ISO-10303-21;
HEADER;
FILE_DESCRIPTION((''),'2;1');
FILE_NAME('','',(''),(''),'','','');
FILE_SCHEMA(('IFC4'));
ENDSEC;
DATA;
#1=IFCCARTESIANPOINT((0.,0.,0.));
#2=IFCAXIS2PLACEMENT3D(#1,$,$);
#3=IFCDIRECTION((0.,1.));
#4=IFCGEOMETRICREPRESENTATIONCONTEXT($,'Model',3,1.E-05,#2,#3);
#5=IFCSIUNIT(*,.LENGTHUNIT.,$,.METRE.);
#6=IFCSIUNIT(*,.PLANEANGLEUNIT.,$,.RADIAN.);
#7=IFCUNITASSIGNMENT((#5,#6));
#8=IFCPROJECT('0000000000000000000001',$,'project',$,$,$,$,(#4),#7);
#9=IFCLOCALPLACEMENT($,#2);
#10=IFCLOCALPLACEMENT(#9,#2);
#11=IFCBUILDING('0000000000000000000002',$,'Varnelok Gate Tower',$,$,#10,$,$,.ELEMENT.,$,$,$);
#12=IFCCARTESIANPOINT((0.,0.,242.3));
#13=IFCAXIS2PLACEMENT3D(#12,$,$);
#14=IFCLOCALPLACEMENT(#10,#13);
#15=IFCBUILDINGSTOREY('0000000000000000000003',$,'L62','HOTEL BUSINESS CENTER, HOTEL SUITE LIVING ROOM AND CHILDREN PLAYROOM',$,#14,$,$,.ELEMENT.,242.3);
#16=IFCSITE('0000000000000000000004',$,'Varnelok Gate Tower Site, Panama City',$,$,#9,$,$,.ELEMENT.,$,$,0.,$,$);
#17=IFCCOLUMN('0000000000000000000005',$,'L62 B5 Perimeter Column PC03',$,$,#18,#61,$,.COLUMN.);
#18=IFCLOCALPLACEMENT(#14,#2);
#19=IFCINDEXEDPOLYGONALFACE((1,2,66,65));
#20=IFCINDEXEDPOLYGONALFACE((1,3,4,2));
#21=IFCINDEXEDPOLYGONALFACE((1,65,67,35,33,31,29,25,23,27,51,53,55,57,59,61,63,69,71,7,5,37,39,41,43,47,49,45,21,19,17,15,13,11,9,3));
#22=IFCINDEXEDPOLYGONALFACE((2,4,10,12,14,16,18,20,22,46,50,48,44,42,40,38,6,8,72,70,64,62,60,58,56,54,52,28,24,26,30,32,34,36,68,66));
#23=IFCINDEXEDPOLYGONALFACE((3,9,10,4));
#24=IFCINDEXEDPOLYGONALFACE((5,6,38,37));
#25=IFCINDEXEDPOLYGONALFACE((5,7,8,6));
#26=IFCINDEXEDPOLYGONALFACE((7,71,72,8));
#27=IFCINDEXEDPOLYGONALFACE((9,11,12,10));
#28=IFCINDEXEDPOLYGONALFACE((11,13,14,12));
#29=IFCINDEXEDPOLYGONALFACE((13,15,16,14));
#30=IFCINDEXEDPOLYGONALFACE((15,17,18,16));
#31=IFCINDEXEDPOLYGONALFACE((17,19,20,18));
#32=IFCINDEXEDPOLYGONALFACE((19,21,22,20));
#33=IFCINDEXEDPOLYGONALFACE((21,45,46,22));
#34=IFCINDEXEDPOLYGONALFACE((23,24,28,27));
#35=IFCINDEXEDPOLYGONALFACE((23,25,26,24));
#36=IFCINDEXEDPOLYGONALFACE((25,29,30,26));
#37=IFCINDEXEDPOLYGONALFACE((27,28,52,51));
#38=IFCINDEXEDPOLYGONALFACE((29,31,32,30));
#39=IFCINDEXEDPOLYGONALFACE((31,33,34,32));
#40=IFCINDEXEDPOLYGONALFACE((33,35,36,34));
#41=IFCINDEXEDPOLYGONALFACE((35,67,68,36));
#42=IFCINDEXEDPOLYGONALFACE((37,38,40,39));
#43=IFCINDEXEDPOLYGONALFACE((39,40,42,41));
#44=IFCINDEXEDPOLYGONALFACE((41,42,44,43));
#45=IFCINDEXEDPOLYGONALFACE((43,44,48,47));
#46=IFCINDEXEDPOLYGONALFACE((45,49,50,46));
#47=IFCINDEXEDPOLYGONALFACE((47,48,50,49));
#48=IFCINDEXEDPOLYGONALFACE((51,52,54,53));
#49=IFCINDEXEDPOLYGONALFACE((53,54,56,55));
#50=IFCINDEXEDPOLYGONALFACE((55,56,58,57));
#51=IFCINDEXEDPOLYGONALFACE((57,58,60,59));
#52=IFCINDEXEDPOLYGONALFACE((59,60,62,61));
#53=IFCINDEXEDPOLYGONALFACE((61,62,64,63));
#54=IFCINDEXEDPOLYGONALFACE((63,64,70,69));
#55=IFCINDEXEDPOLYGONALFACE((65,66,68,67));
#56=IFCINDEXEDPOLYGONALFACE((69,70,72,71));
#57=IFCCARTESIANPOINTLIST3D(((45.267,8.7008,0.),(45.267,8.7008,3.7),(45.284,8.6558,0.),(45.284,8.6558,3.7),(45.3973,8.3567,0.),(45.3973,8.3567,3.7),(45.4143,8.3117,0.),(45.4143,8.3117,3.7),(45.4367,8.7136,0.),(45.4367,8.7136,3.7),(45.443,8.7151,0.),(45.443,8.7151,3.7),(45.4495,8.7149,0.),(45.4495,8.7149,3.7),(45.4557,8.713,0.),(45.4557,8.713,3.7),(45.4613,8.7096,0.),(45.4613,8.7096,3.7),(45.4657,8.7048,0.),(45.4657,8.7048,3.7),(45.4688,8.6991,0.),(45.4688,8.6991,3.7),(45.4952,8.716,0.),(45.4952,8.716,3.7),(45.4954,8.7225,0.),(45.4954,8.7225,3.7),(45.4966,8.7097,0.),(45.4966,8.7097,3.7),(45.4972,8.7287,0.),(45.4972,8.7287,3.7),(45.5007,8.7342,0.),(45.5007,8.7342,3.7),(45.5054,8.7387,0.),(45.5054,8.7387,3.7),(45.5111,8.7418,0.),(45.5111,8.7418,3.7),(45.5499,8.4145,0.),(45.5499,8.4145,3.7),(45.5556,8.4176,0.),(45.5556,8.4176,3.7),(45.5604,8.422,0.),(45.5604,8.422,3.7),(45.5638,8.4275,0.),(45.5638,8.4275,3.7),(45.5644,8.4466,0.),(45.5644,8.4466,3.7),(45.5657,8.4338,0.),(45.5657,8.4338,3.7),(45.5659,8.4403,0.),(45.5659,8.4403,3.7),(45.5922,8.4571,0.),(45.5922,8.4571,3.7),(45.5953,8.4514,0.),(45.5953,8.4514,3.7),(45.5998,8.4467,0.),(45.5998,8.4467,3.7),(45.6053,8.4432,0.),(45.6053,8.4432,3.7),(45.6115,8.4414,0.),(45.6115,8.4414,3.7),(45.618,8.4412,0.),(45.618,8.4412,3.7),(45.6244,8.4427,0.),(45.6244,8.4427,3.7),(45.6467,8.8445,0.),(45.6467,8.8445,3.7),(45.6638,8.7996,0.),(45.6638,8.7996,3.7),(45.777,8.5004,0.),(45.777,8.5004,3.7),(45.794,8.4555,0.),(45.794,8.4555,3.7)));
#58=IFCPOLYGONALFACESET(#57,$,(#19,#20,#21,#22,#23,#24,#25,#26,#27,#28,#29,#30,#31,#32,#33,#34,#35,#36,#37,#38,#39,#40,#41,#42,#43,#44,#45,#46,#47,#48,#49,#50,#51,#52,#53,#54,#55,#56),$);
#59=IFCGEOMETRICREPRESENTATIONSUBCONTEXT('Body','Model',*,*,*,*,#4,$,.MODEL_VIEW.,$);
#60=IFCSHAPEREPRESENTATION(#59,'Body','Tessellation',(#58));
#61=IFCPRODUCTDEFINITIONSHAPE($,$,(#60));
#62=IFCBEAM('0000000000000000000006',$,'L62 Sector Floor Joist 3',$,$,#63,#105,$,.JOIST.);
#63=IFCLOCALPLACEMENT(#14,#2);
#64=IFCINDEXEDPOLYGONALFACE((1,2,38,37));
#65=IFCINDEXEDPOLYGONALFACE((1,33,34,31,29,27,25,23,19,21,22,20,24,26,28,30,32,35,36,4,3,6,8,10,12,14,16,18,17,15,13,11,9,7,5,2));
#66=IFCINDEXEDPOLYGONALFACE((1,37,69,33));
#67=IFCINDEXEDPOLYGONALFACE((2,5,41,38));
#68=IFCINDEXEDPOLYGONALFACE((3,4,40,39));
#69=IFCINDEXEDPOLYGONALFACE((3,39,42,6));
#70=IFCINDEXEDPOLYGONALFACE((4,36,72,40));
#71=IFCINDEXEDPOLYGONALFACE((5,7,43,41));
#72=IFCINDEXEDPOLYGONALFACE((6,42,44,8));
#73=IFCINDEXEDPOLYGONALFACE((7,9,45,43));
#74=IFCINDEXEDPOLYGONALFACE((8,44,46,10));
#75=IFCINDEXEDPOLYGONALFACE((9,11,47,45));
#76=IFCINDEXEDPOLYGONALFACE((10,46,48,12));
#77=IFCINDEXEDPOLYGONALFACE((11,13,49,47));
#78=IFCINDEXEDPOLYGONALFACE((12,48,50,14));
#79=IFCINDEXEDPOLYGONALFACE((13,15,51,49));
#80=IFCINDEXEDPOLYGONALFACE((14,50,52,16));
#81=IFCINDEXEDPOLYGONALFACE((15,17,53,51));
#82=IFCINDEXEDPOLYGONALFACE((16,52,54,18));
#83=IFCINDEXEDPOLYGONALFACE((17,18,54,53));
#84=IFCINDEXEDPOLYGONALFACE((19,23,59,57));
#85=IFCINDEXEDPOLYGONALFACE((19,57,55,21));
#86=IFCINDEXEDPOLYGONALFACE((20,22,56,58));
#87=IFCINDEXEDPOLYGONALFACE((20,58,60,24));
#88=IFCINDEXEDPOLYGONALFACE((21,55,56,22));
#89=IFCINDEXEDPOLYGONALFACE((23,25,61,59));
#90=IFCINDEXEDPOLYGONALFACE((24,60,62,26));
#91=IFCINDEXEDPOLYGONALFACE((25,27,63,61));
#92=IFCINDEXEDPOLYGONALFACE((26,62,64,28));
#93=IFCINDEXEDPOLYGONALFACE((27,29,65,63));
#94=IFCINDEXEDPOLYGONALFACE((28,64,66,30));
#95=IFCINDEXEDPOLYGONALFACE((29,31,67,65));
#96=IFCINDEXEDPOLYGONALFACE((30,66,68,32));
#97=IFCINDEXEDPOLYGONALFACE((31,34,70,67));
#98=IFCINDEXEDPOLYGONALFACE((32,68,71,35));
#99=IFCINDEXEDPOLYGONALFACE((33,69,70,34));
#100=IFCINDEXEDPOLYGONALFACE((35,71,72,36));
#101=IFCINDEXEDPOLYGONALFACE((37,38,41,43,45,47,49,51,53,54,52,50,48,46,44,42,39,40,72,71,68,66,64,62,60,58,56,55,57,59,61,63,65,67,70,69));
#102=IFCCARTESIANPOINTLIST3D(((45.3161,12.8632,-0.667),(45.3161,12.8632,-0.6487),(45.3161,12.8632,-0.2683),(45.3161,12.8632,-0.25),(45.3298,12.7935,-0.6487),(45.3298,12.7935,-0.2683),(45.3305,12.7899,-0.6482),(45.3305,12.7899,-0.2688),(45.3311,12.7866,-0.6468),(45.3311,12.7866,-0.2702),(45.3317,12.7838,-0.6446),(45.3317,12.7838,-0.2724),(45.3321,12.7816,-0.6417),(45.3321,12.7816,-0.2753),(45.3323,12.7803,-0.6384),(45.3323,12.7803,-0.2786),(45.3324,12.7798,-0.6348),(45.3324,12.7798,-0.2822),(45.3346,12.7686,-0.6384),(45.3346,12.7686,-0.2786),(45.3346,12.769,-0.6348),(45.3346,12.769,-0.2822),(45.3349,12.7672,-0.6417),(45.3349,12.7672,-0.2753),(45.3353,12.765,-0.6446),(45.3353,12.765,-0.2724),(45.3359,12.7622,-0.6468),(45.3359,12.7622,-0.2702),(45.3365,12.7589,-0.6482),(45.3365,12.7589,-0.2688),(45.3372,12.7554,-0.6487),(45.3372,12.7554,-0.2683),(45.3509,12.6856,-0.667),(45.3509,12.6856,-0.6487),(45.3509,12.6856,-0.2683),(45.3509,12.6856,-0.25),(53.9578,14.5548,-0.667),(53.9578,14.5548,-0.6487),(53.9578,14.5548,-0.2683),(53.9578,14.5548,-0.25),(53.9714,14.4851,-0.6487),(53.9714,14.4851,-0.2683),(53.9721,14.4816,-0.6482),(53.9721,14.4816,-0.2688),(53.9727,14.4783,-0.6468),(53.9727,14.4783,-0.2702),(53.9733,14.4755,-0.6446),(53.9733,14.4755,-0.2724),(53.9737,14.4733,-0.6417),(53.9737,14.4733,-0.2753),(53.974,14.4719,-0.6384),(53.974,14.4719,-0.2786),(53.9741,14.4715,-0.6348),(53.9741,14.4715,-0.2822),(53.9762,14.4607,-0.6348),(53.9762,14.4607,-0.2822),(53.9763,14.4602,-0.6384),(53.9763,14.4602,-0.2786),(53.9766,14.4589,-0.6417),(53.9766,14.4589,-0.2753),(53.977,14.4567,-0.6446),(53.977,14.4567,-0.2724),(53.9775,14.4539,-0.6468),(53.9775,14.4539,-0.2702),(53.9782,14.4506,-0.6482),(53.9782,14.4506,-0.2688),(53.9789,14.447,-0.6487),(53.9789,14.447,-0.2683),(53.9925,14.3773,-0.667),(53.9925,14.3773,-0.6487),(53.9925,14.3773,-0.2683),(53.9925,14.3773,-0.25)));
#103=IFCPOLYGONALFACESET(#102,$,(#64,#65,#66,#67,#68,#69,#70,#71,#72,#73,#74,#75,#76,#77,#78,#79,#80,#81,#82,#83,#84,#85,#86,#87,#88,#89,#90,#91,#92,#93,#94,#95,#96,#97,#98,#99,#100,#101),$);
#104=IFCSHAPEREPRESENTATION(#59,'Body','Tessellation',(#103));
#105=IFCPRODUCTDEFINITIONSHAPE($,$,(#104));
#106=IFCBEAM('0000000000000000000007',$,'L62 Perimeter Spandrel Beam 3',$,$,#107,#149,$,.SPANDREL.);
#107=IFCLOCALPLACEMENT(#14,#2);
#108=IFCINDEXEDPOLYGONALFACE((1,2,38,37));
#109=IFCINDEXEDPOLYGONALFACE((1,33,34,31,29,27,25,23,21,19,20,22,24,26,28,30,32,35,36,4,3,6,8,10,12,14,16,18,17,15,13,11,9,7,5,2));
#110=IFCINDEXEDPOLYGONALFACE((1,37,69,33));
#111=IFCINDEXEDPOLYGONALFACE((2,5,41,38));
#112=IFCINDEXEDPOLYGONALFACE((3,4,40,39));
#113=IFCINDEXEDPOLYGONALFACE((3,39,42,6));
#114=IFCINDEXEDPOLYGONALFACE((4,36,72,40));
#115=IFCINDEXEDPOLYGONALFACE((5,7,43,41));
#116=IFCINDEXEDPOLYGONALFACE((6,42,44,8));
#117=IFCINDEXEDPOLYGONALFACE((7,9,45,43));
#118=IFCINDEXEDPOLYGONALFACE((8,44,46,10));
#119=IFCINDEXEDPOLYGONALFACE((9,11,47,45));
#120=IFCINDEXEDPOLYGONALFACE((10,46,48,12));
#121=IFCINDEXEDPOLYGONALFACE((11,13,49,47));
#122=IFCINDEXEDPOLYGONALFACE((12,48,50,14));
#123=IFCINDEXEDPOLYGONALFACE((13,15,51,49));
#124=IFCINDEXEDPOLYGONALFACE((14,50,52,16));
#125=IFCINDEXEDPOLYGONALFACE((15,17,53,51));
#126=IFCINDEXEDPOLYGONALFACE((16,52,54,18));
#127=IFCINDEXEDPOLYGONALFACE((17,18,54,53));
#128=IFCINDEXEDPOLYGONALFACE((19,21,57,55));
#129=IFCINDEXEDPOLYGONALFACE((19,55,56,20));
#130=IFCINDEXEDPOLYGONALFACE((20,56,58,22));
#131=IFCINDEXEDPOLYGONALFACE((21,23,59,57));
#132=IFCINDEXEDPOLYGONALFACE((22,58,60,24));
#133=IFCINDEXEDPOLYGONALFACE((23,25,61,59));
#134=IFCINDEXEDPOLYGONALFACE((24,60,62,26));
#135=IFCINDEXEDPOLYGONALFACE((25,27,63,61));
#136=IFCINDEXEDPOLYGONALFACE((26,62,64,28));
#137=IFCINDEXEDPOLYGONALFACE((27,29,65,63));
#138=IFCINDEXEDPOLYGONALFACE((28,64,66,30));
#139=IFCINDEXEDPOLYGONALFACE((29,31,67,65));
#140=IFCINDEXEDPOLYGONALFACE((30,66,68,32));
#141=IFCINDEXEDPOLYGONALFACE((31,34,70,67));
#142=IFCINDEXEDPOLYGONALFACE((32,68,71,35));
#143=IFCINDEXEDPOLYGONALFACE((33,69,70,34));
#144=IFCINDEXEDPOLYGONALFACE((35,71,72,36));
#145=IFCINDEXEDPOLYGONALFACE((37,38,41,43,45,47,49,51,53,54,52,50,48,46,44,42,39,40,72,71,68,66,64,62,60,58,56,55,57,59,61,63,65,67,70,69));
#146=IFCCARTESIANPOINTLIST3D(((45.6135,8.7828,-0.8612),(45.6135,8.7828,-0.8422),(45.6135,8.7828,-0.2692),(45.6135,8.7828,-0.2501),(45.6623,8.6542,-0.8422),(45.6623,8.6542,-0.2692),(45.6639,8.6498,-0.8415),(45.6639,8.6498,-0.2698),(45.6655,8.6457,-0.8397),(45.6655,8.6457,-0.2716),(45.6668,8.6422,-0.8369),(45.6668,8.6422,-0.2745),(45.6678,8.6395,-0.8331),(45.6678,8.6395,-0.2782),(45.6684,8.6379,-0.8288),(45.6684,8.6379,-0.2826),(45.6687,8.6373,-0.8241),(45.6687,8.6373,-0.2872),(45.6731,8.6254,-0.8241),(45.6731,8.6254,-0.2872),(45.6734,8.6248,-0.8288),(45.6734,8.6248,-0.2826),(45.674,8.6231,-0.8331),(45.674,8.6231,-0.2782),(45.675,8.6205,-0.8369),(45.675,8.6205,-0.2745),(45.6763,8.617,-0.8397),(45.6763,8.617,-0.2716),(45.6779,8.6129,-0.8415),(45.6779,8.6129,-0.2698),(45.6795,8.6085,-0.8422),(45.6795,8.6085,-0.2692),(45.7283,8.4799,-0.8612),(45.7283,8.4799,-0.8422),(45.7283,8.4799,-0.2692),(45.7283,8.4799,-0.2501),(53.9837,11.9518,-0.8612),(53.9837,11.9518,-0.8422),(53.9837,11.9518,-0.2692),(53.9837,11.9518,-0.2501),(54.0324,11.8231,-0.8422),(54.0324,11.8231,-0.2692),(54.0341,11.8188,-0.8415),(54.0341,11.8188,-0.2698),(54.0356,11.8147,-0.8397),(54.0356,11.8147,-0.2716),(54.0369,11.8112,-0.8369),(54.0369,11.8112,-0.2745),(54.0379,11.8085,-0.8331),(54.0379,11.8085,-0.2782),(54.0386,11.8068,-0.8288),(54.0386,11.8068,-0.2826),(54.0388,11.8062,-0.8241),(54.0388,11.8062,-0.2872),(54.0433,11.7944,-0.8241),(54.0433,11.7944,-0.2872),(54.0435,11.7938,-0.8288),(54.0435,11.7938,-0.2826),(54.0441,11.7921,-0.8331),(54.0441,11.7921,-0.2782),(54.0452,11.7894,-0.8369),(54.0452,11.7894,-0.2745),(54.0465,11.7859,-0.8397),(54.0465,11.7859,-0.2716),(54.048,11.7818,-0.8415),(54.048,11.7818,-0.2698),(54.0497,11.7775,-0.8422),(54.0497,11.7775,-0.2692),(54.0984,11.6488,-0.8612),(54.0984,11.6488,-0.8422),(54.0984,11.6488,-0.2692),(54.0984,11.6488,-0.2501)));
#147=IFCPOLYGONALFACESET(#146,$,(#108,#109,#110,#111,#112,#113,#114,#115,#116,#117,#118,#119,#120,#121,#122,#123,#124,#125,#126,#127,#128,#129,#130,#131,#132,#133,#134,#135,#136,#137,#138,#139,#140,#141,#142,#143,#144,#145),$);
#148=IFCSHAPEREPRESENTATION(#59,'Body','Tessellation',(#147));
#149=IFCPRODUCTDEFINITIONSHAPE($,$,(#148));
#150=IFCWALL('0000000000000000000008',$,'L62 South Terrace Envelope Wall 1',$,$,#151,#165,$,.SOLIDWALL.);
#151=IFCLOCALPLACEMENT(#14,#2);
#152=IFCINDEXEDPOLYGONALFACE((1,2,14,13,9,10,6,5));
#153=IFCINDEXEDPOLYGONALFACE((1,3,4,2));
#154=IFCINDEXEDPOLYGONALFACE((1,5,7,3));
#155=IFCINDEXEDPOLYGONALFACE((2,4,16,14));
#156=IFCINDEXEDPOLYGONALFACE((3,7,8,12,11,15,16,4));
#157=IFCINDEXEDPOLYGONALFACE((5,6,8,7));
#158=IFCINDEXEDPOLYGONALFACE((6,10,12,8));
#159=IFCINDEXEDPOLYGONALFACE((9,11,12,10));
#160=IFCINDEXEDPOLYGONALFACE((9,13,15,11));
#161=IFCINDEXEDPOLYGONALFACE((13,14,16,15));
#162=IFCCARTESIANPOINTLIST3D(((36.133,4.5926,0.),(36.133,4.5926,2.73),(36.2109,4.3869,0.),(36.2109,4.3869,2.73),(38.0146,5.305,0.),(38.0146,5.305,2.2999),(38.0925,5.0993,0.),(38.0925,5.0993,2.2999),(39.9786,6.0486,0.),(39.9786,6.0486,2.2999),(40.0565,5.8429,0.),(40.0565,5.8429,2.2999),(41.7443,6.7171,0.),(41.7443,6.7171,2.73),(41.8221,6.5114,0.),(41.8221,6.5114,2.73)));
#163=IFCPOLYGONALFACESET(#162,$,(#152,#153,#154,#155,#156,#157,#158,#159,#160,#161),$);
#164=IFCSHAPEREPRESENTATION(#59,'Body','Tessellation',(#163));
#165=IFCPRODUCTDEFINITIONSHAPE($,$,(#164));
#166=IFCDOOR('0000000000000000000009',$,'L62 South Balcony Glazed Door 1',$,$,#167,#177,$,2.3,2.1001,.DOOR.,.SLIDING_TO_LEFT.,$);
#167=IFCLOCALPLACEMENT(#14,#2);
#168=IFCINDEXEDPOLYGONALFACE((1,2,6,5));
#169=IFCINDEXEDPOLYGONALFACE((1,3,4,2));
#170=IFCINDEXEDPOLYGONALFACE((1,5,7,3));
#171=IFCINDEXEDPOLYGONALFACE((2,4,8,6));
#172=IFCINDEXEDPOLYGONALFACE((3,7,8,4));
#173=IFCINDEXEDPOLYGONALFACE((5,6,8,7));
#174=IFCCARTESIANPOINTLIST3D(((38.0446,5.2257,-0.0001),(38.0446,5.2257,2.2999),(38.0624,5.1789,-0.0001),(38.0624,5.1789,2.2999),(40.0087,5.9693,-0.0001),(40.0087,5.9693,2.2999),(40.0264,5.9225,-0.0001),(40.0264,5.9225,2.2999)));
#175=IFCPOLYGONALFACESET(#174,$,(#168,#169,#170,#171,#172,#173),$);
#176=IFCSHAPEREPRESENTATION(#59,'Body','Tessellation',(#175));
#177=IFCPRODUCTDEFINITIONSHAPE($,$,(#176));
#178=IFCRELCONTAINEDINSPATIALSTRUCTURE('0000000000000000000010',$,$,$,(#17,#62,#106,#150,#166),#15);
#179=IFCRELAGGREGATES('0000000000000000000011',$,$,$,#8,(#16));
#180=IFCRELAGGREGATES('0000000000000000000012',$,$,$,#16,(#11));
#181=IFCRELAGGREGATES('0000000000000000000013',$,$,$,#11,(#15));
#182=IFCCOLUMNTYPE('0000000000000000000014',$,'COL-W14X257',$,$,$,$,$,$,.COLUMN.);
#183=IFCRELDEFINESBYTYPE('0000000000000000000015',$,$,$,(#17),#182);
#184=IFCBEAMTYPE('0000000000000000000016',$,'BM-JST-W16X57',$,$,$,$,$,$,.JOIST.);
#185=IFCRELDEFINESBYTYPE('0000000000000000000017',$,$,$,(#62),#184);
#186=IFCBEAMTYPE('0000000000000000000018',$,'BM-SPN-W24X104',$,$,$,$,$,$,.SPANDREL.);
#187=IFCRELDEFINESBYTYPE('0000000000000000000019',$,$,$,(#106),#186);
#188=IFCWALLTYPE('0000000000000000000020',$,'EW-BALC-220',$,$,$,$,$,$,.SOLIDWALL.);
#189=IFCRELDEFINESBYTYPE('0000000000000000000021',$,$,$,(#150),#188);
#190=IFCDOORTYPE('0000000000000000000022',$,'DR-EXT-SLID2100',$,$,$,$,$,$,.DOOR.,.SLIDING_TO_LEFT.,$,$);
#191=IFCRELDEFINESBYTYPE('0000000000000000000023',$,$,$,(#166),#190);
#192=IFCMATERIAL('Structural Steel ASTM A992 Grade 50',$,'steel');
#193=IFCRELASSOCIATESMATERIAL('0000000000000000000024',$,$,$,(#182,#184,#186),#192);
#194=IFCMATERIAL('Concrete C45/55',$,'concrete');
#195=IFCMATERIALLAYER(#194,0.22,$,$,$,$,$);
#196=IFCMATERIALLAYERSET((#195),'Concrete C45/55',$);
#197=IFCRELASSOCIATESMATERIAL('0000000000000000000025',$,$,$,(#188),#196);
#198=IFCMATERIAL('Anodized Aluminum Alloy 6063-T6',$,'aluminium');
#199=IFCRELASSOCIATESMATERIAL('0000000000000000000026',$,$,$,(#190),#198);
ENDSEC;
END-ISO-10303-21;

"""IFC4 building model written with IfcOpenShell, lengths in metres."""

from ifc_helpers import new_model, si_unit, direction, frame, frame_2d, origin, origin_2d, place, context, subcontext, project, spatial, rectangle, i_section, extrude, material, layer, layer_set, material_profile, profile_set, type_object, element, fill, save


model = new_model("IFC4")

# Units and contexts
model_context = context("Model", 3, precision=1e-05, world=origin(), true_north=direction((0.0, 1.0)))
body_context = subcontext(model_context, "Body", "Model", "MODEL_VIEW")
ifc_project = project(units=[si_unit("LENGTHUNIT", "METRE"), si_unit("PLANEANGLEUNIT", "RADIAN")], contexts=[model_context])

# Site, building, storey
site_placement = place(None, origin())
site = spatial("IfcSite", under=ifc_project, at=site_placement, Name="Varnelok Gate Tower Site, Panama City", CompositionType="ELEMENT", RefElevation=0.0)
building_placement = place(site_placement, origin())
building = spatial("IfcBuilding", under=site, at=building_placement, Name="Varnelok Gate Tower", CompositionType="ELEMENT")
storey_placement = place(building_placement, frame((0.0, 0.0, 242.3)))
storey = spatial("IfcBuildingStorey", under=building, at=storey_placement, Name="L62", Description="HOTEL BUSINESS CENTER, HOTEL SUITE LIVING ROOM AND CHILDREN PLAYROOM", CompositionType="ELEMENT", Elevation=242.3)

# Column
ifc_material_1 = material(Name="Structural Steel ASTM A992 Grade 50", Category="steel")
ifc_material_profile_1 = material_profile(ifc_material_1, i_section(OverallWidth=0.406, OverallDepth=0.416, WebThickness=0.0298, FlangeThickness=0.0481, FilletRadius=0.0249, at=origin_2d()), Name="W14X257")
ifc_profile_set_1 = profile_set([ifc_material_profile_1], Name="Structural Steel ASTM A992 Grade 50")
column_type = type_object("IfcColumnType", Name="COL-W14X257", PredefinedType="COLUMN", material=ifc_profile_set_1)
column_placement = place(storey_placement, frame((45.5305, 8.5781, 0.0), z_axis=(0.0, 0.0, 1.0), x_axis=(0.935222, 0.354063, 0.0)))
element("IfcColumn", 1, at=column_placement, inside=storey, type_object=column_type, Name="L62 B5 Perimeter Column PC03", PredefinedType="COLUMN", context=body_context, shape_type="SweptSolid", body=[
    extrude(i_section(OverallWidth=0.406, OverallDepth=0.416, WebThickness=0.0298, FlangeThickness=0.0481, FilletRadius=0.0249, at=origin_2d()), origin(), (0.0, 0.0, 1.0), 3.7),
])

# Beams
ifc_material_profile_2 = material_profile(ifc_material_1, i_section(OverallWidth=0.1809, OverallDepth=0.417, WebThickness=0.011, FlangeThickness=0.0183, FilletRadius=0.0139, at=origin_2d()), Name="W16X57")
ifc_profile_set_2 = profile_set([ifc_material_profile_2], Name="Structural Steel ASTM A992 Grade 50")
beam_type_1 = type_object("IfcBeamType", Name="BM-JST-W16X57", PredefinedType="JOIST", material=ifc_profile_set_2)
beam_1_placement = place(storey_placement, frame((45.3335, 12.7744, -0.4585), z_axis=(0.981373, 0.19211, 0.0), x_axis=(-0.19211, 0.981373, 0.0)))
element("IfcBeam", 2, at=beam_1_placement, inside=storey, type_object=beam_type_1, Name="L62 Sector Floor Joist 3", PredefinedType="JOIST", context=body_context, shape_type="SweptSolid", body=[
    extrude(i_section(OverallWidth=0.1809, OverallDepth=0.417, WebThickness=0.011, FlangeThickness=0.0183, FilletRadius=0.0139, at=origin_2d()), origin(), (0.0, 0.0, 1.0), 8.8057),
])
ifc_material_profile_3 = material_profile(ifc_material_1, i_section(OverallWidth=0.324, OverallDepth=0.6111, WebThickness=0.0127, FlangeThickness=0.019, FilletRadius=0.0181, at=origin_2d()), Name="W24X104")
ifc_profile_set_3 = profile_set([ifc_material_profile_3], Name="Structural Steel ASTM A992 Grade 50")
beam_type_2 = type_object("IfcBeamType", Name="BM-SPN-W24X104", PredefinedType="SPANDREL", material=ifc_profile_set_3)
beam_2_placement = place(storey_placement, frame((45.6709, 8.6313, -0.5557), z_axis=(0.935217, 0.354075, 0.0), x_axis=(-0.354075, 0.935217, 0.0)))
element("IfcBeam", 3, at=beam_2_placement, inside=storey, type_object=beam_type_2, Name="L62 Perimeter Spandrel Beam 3", PredefinedType="SPANDREL", context=body_context, shape_type="SweptSolid", body=[
    extrude(i_section(OverallWidth=0.324, OverallDepth=0.6111, WebThickness=0.0127, FlangeThickness=0.019, FilletRadius=0.0181, at=origin_2d()), origin(), (0.0, 0.0, 1.0), 8.95),
])

# Wall, opening, door
ifc_material_2 = material(Name="Concrete C45/55", Category="concrete")
ifc_layer_1 = layer(ifc_material_2, 0.22)
ifc_layer_set_1 = layer_set([ifc_layer_1], Name="Concrete C45/55")
wall_type_1 = type_object("IfcWallType", Name="EW-BALC-220", PredefinedType="SOLIDWALL", material=ifc_layer_set_1)
wall_1_placement = place(storey_placement, frame((41.7832, 6.6143, 0.0), z_axis=(0.0, 0.0, 1.0), x_axis=(-0.935214, -0.354083, 0.0)))
wall_1 = element("IfcWall", 4, at=wall_1_placement, inside=storey, type_object=wall_type_1, Name="L62 South Terrace Envelope Wall 1", PredefinedType="SOLIDWALL", context=body_context, shape_type="SweptSolid", body=[
    extrude(rectangle(XDim=6.0, YDim=0.22, at=frame_2d((3.0, 0.0))), origin(), (0.0, 0.0, 1.0), 2.73),
])
opening_1_placement = place(wall_1_placement, frame((1.8879, 0.0, 0.0)))
opening_1 = element("IfcOpeningElement", 5, at=opening_1_placement, cuts=wall_1, PredefinedType="OPENING", context=body_context, shape_type="SweptSolid", body=[
    extrude(rectangle(XDim=2.1001, YDim=2.3, at=frame_2d((1.05, 1.1499))), frame((0.0, 0.1199, 0.0), z_axis=(0.0, -1.0, 0.0), x_axis=(1.0, 0.0, 0.0)), (0.0, 0.0, 1.0), 0.24),
])
ifc_material_3 = material(Name="Anodized Aluminum Alloy 6063-T6", Category="aluminium")
door_type_1 = type_object("IfcDoorType", Name="DR-EXT-SLID2100", OperationType="SLIDING_TO_LEFT", PredefinedType="DOOR", material=ifc_material_3)
door_1_placement = place(opening_1_placement, origin())
door_1 = element("IfcDoor", 6, at=door_1_placement, inside=storey, type_object=door_type_1, Name="L62 South Balcony Glazed Door 1", OperationType="SLIDING_TO_LEFT", OverallHeight=2.3, OverallWidth=2.1001, PredefinedType="DOOR", context=body_context, shape_type="SweptSolid", body=[
    extrude(rectangle(XDim=2.1001, YDim=2.3, at=frame_2d((1.05, 1.1499))), frame((0.0, 0.0249, 0.0), z_axis=(0.0, -1.0, 0.0), x_axis=(1.0, 0.0, 0.0)), (0.0, 0.0, 1.0), 0.05),
])
fill(opening_1, door_1)

save(model, "model.ifc")
